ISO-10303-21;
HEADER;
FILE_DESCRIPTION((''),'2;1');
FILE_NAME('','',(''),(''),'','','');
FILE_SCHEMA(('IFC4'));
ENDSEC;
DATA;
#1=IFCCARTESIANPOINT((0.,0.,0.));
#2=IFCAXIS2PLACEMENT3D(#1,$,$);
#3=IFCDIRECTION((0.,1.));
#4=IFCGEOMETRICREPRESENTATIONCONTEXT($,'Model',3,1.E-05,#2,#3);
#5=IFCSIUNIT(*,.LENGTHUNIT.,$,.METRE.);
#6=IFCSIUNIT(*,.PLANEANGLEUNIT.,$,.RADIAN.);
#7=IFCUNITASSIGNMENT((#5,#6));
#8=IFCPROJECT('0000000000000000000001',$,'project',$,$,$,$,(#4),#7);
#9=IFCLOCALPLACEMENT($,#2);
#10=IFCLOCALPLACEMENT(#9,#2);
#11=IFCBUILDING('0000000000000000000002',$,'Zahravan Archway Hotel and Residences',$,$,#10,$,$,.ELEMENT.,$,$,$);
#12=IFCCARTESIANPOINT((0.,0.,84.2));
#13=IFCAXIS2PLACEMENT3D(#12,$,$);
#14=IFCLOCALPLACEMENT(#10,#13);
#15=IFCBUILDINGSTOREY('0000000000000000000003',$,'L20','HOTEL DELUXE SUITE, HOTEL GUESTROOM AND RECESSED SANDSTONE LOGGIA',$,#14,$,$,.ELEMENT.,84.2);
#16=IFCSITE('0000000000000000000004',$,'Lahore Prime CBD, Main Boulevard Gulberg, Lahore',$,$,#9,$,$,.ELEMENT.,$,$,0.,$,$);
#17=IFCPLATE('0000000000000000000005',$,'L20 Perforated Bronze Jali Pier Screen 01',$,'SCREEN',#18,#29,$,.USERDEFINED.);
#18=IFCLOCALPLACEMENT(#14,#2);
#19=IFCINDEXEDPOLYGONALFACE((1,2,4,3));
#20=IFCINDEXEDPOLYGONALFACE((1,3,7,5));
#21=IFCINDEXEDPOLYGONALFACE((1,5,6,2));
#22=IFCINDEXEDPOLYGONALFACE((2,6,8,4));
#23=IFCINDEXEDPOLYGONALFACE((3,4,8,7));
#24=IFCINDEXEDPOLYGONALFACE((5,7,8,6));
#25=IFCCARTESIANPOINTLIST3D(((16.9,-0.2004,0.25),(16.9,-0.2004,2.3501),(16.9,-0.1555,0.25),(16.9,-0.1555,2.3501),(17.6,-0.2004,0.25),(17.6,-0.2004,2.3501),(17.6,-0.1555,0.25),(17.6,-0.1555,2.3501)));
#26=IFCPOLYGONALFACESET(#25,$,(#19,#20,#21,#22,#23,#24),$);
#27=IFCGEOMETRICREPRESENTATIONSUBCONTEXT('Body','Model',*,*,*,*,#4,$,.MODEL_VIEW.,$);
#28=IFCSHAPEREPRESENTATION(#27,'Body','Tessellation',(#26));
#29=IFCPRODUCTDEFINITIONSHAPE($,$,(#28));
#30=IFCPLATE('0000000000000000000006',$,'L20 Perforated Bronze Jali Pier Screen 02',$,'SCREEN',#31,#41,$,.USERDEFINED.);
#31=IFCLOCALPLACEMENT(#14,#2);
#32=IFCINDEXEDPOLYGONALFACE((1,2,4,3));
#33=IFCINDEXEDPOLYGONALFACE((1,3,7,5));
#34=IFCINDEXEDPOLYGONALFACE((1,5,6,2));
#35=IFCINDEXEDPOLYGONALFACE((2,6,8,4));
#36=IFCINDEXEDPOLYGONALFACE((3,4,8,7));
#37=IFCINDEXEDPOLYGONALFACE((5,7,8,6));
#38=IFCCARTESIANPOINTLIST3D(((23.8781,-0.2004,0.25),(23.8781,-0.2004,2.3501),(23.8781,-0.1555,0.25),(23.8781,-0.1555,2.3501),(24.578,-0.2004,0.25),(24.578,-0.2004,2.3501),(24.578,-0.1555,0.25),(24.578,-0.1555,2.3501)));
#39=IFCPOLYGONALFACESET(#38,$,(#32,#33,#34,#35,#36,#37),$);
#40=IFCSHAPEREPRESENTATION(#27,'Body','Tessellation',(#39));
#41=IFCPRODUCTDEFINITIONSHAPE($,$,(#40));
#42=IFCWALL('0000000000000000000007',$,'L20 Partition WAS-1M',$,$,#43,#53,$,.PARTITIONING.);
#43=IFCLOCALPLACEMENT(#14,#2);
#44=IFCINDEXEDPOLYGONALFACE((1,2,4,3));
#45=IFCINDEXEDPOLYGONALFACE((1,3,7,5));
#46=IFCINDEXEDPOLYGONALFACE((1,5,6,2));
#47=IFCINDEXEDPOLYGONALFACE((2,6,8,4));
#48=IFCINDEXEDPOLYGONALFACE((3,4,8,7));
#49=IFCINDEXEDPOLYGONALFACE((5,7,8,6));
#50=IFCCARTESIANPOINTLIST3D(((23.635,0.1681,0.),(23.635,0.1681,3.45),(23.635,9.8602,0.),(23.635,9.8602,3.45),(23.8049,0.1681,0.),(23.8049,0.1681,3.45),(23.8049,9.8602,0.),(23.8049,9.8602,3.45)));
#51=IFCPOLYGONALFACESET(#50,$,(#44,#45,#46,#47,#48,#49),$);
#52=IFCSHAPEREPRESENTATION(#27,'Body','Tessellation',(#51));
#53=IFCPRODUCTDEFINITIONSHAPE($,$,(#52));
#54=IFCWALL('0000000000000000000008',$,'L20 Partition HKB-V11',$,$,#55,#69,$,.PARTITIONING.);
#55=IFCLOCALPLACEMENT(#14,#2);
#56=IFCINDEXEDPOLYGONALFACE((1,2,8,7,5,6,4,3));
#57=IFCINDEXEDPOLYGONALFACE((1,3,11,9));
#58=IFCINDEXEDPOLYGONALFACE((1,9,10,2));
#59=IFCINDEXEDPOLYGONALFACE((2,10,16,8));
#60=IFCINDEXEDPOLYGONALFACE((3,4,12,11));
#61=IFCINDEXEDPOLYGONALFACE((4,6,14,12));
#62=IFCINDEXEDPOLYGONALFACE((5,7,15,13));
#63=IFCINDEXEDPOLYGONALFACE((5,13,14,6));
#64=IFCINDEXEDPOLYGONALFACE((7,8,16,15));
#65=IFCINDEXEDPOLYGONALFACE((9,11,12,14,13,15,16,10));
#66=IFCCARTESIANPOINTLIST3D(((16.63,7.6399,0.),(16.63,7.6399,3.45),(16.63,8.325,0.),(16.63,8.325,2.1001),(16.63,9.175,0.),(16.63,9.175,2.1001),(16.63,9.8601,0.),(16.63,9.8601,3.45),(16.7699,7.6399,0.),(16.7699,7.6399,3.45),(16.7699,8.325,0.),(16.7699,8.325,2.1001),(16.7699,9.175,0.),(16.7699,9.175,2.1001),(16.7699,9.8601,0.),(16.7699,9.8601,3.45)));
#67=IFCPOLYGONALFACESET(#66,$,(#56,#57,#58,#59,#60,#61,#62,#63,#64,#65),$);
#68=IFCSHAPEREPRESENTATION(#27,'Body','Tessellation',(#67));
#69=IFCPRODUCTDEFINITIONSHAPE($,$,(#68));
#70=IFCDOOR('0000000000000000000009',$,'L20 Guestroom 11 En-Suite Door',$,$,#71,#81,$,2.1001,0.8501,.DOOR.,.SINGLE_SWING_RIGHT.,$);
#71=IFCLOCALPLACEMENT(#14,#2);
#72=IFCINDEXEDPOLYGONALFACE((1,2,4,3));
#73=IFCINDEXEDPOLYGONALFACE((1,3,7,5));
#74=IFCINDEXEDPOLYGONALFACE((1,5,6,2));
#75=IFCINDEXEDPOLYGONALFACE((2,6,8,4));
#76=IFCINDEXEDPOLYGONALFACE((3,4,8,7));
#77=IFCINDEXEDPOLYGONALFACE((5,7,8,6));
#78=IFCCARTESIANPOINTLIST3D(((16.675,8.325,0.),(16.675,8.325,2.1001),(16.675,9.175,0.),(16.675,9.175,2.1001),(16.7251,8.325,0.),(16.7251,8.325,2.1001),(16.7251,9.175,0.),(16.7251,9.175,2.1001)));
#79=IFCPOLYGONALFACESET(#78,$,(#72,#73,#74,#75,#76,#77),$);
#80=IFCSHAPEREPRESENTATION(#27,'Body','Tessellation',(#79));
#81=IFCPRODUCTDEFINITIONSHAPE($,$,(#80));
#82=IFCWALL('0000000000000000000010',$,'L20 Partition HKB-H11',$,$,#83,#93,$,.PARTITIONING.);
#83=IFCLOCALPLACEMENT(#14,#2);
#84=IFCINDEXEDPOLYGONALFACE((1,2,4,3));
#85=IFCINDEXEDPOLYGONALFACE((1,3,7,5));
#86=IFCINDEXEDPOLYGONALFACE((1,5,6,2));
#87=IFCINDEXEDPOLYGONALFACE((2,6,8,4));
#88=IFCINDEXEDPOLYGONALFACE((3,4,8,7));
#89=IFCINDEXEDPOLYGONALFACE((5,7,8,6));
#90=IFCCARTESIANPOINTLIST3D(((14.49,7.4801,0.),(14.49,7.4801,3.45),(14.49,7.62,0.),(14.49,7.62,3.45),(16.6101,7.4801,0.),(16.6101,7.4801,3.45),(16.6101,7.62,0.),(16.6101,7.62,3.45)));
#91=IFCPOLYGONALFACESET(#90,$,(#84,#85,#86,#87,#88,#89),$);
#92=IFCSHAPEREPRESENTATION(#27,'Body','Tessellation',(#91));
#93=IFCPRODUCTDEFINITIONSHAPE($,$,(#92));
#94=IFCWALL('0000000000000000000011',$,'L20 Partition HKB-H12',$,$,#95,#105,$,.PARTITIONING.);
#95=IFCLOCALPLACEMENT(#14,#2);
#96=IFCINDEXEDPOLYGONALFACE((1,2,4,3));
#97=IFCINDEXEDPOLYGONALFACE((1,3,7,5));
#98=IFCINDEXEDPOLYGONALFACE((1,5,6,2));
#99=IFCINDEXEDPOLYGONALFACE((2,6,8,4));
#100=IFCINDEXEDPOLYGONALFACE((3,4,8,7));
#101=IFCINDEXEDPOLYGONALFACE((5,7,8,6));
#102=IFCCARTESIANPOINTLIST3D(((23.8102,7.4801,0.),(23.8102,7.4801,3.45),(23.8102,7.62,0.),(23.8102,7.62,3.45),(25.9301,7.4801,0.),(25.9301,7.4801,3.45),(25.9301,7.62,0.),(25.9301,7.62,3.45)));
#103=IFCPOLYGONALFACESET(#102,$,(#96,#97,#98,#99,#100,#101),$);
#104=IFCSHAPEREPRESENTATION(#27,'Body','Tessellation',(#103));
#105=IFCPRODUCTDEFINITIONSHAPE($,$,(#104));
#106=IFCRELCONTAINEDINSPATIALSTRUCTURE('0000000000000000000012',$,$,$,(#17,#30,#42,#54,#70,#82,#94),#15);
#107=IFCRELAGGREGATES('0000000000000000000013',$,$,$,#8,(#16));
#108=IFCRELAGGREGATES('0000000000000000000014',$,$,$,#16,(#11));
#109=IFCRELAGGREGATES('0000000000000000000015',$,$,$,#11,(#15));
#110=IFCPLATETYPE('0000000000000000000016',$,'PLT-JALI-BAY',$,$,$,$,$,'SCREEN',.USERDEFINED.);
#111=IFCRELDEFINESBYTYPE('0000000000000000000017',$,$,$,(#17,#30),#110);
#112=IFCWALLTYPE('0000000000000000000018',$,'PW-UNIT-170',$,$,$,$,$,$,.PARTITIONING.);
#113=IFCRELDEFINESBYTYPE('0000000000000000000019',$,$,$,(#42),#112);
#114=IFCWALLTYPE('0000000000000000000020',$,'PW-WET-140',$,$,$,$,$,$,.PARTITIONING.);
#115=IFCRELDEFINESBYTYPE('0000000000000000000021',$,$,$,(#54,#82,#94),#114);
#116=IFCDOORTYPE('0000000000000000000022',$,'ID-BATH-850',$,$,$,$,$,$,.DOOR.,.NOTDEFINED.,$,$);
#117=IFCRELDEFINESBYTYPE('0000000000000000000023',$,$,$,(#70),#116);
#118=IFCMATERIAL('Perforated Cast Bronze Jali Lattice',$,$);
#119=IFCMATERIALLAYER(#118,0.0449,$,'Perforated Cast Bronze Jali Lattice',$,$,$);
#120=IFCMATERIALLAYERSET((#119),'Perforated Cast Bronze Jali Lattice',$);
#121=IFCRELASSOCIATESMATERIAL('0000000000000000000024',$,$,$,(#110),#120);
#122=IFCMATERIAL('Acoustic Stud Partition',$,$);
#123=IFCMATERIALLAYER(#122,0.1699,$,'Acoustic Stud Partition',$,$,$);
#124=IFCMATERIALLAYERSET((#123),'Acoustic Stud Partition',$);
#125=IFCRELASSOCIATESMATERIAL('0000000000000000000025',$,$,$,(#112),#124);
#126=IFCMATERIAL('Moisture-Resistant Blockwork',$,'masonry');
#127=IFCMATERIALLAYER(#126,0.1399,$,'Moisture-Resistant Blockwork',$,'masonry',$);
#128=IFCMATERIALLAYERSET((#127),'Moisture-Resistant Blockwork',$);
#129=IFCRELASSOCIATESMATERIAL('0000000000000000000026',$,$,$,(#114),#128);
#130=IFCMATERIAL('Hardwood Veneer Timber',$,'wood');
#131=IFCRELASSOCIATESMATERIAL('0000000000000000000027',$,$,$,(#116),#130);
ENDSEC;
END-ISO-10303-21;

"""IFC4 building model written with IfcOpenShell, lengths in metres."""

from ifc_helpers import new_model, si_unit, direction, frame, frame_2d, origin, origin_2d, place, context, subcontext, project, spatial, rectangle, extrude, source, transform, mapped, material, layer, layer_set, type_object, type_shapes, element, fill, save


model = new_model("IFC4")

# Units and contexts
model_context = context("Model", 3, precision=1e-05, world=origin(), true_north=direction((0.0, 1.0)))
body_context = subcontext(model_context, "Body", "Model", "MODEL_VIEW")
ifc_project = project(units=[si_unit("LENGTHUNIT", "METRE"), si_unit("PLANEANGLEUNIT", "RADIAN")], contexts=[model_context])

# Site, building, storey
site_placement = place(None, origin())
site = spatial("IfcSite", under=ifc_project, at=site_placement, Name="Lahore Prime CBD, Main Boulevard Gulberg, Lahore", CompositionType="ELEMENT", RefElevation=0.0)
building_placement = place(site_placement, origin())
building = spatial("IfcBuilding", under=site, at=building_placement, Name="Zahravan Archway Hotel and Residences", CompositionType="ELEMENT")
storey_placement = place(building_placement, frame((0.0, 0.0, 84.2)))
storey = spatial("IfcBuildingStorey", under=building, at=storey_placement, Name="L20", Description="HOTEL DELUXE SUITE, HOTEL GUESTROOM AND RECESSED SANDSTONE LOGGIA", CompositionType="ELEMENT", Elevation=84.2)

# Plates
ifc_material_1 = material(Name="Perforated Cast Bronze Jali Lattice")
ifc_layer_1 = layer(ifc_material_1, 0.0449, Name="Perforated Cast Bronze Jali Lattice")
ifc_layer_set_1 = layer_set([ifc_layer_1], Name="Perforated Cast Bronze Jali Lattice")
plate_type = type_object("IfcPlateType", Name="PLT-JALI-BAY", ElementType="SCREEN", PredefinedType="USERDEFINED", material=ifc_layer_set_1)
shared_shape_1 = source(origin(), body_context, "Body", "SweptSolid", [
    extrude(rectangle(XDim=0.7, YDim=0.0449, at=origin_2d()), origin(), (0.0, 0.0, 1.0), 2.1001),
])
type_shapes(plate_type, [shared_shape_1])
for number, where, z_axis, x_axis, name in (
    (1, (17.25, -0.178, 0.25), (0.0, 0.0, 1.0), (1.0, 0.0, 0.0), "L20 Perforated Bronze Jali Pier Screen 01"),
    (2, (24.228, -0.178, 0.25), (0.0, 0.0, 1.0), (1.0, 0.0, 0.0), "L20 Perforated Bronze Jali Pier Screen 02"),
):
    element("IfcPlate", number, at=place(storey_placement, frame(where, z_axis=z_axis, x_axis=x_axis)), inside=storey, type_object=plate_type, Name=name, ObjectType="SCREEN", PredefinedType="USERDEFINED", context=body_context, shape_type="MappedRepresentation", body=[
        mapped(shared_shape_1, transform((0.0, 0.0, 0.0), scale=1.0)),
    ])

# Wall
ifc_material_2 = material(Name="Acoustic Stud Partition")
ifc_layer_2 = layer(ifc_material_2, 0.1699, Name="Acoustic Stud Partition")
ifc_layer_set_2 = layer_set([ifc_layer_2], Name="Acoustic Stud Partition")
wall_type_1 = type_object("IfcWallType", Name="PW-UNIT-170", PredefinedType="PARTITIONING", material=ifc_layer_set_2)
wall_1_placement = place(storey_placement, frame((23.72, 0.168, 0.0), z_axis=(0.0, 0.0, 1.0), x_axis=(0.0, 1.0, 0.0)))
element("IfcWall", 3, at=wall_1_placement, inside=storey, type_object=wall_type_1, Name="L20 Partition WAS-1M", PredefinedType="PARTITIONING", context=body_context, shape_type="SweptSolid", body=[
    extrude(rectangle(XDim=9.6921, YDim=0.1699, at=frame_2d((4.8462, 0.0))), origin(), (0.0, 0.0, 1.0), 3.45),
])

# Wall, opening, door
ifc_material_3 = material(Name="Moisture-Resistant Blockwork", Category="masonry")
ifc_layer_3 = layer(ifc_material_3, 0.1399, Name="Moisture-Resistant Blockwork", Category="masonry")
ifc_layer_set_3 = layer_set([ifc_layer_3], Name="Moisture-Resistant Blockwork")
wall_type_2 = type_object("IfcWallType", Name="PW-WET-140", PredefinedType="PARTITIONING", material=ifc_layer_set_3)
wall_2_placement = place(storey_placement, frame((16.7, 7.6399, 0.0), z_axis=(0.0, 0.0, 1.0), x_axis=(0.0, 1.0, 0.0)))
wall_2 = element("IfcWall", 4, at=wall_2_placement, inside=storey, type_object=wall_type_2, Name="L20 Partition HKB-V11", PredefinedType="PARTITIONING", context=body_context, shape_type="SweptSolid", body=[
    extrude(rectangle(XDim=2.2202, YDim=0.1399, at=frame_2d((1.1101, 0.0))), origin(), (0.0, 0.0, 1.0), 3.45),
])
opening_placement = place(wall_2_placement, frame((0.6851, 0.0, 0.0)))
opening = element("IfcOpeningElement", 5, at=opening_placement, cuts=wall_2, PredefinedType="OPENING", context=body_context, shape_type="SweptSolid", body=[
    extrude(rectangle(XDim=0.8501, YDim=2.1001, at=frame_2d((0.425, 1.05))), frame((0.0, 0.0801, 0.0), z_axis=(0.0, -1.0, 0.0), x_axis=(1.0, 0.0, 0.0)), (0.0, 0.0, 1.0), 0.1599),
])
ifc_material_4 = material(Name="Hardwood Veneer Timber", Category="wood")
door_type = type_object("IfcDoorType", Name="ID-BATH-850", OperationType="NOTDEFINED", PredefinedType="DOOR", material=ifc_material_4)
shared_shape_2 = source(origin(), body_context, "Body", "SweptSolid", [
    extrude(rectangle(XDim=0.8501, YDim=2.1001, at=frame_2d((0.425, 1.05))), frame((0.0, 0.0249, 0.0), z_axis=(0.0, -1.0, 0.0), x_axis=(1.0, 0.0, 0.0)), (0.0, 0.0, 1.0), 0.05),
])
type_shapes(door_type, [shared_shape_2])
door_placement = place(opening_placement, origin())
door = element("IfcDoor", 6, at=door_placement, inside=storey, type_object=door_type, Name="L20 Guestroom 11 En-Suite Door", OperationType="SINGLE_SWING_RIGHT", OverallHeight=2.1001, OverallWidth=0.8501, PredefinedType="DOOR", context=body_context, shape_type="MappedRepresentation", body=[
    mapped(shared_shape_2, transform((0.0, 0.0, 0.0), scale=1.0)),
])
fill(opening, door)

# Walls
wall_3_placement = place(storey_placement, frame((14.49, 7.55, 0.0), z_axis=(0.0, 0.0, 1.0), x_axis=(1.0, 0.0, 0.0)))
element("IfcWall", 7, at=wall_3_placement, inside=storey, type_object=wall_type_2, Name="L20 Partition HKB-H11", PredefinedType="PARTITIONING", context=body_context, shape_type="SweptSolid", body=[
    extrude(rectangle(XDim=2.1201, YDim=0.1399, at=frame_2d((1.0601, 0.0))), origin(), (0.0, 0.0, 1.0), 3.45),
])
wall_4_placement = place(storey_placement, frame((23.8101, 7.55, 0.0), z_axis=(0.0, 0.0, 1.0), x_axis=(1.0, 0.0, 0.0)))
element("IfcWall", 8, at=wall_4_placement, inside=storey, type_object=wall_type_2, Name="L20 Partition HKB-H12", PredefinedType="PARTITIONING", context=body_context, shape_type="SweptSolid", body=[
    extrude(rectangle(XDim=2.1199, YDim=0.1399, at=frame_2d((1.0601, 0.0))), origin(), (0.0, 0.0, 1.0), 3.45),
])

save(model, "model.ifc")
